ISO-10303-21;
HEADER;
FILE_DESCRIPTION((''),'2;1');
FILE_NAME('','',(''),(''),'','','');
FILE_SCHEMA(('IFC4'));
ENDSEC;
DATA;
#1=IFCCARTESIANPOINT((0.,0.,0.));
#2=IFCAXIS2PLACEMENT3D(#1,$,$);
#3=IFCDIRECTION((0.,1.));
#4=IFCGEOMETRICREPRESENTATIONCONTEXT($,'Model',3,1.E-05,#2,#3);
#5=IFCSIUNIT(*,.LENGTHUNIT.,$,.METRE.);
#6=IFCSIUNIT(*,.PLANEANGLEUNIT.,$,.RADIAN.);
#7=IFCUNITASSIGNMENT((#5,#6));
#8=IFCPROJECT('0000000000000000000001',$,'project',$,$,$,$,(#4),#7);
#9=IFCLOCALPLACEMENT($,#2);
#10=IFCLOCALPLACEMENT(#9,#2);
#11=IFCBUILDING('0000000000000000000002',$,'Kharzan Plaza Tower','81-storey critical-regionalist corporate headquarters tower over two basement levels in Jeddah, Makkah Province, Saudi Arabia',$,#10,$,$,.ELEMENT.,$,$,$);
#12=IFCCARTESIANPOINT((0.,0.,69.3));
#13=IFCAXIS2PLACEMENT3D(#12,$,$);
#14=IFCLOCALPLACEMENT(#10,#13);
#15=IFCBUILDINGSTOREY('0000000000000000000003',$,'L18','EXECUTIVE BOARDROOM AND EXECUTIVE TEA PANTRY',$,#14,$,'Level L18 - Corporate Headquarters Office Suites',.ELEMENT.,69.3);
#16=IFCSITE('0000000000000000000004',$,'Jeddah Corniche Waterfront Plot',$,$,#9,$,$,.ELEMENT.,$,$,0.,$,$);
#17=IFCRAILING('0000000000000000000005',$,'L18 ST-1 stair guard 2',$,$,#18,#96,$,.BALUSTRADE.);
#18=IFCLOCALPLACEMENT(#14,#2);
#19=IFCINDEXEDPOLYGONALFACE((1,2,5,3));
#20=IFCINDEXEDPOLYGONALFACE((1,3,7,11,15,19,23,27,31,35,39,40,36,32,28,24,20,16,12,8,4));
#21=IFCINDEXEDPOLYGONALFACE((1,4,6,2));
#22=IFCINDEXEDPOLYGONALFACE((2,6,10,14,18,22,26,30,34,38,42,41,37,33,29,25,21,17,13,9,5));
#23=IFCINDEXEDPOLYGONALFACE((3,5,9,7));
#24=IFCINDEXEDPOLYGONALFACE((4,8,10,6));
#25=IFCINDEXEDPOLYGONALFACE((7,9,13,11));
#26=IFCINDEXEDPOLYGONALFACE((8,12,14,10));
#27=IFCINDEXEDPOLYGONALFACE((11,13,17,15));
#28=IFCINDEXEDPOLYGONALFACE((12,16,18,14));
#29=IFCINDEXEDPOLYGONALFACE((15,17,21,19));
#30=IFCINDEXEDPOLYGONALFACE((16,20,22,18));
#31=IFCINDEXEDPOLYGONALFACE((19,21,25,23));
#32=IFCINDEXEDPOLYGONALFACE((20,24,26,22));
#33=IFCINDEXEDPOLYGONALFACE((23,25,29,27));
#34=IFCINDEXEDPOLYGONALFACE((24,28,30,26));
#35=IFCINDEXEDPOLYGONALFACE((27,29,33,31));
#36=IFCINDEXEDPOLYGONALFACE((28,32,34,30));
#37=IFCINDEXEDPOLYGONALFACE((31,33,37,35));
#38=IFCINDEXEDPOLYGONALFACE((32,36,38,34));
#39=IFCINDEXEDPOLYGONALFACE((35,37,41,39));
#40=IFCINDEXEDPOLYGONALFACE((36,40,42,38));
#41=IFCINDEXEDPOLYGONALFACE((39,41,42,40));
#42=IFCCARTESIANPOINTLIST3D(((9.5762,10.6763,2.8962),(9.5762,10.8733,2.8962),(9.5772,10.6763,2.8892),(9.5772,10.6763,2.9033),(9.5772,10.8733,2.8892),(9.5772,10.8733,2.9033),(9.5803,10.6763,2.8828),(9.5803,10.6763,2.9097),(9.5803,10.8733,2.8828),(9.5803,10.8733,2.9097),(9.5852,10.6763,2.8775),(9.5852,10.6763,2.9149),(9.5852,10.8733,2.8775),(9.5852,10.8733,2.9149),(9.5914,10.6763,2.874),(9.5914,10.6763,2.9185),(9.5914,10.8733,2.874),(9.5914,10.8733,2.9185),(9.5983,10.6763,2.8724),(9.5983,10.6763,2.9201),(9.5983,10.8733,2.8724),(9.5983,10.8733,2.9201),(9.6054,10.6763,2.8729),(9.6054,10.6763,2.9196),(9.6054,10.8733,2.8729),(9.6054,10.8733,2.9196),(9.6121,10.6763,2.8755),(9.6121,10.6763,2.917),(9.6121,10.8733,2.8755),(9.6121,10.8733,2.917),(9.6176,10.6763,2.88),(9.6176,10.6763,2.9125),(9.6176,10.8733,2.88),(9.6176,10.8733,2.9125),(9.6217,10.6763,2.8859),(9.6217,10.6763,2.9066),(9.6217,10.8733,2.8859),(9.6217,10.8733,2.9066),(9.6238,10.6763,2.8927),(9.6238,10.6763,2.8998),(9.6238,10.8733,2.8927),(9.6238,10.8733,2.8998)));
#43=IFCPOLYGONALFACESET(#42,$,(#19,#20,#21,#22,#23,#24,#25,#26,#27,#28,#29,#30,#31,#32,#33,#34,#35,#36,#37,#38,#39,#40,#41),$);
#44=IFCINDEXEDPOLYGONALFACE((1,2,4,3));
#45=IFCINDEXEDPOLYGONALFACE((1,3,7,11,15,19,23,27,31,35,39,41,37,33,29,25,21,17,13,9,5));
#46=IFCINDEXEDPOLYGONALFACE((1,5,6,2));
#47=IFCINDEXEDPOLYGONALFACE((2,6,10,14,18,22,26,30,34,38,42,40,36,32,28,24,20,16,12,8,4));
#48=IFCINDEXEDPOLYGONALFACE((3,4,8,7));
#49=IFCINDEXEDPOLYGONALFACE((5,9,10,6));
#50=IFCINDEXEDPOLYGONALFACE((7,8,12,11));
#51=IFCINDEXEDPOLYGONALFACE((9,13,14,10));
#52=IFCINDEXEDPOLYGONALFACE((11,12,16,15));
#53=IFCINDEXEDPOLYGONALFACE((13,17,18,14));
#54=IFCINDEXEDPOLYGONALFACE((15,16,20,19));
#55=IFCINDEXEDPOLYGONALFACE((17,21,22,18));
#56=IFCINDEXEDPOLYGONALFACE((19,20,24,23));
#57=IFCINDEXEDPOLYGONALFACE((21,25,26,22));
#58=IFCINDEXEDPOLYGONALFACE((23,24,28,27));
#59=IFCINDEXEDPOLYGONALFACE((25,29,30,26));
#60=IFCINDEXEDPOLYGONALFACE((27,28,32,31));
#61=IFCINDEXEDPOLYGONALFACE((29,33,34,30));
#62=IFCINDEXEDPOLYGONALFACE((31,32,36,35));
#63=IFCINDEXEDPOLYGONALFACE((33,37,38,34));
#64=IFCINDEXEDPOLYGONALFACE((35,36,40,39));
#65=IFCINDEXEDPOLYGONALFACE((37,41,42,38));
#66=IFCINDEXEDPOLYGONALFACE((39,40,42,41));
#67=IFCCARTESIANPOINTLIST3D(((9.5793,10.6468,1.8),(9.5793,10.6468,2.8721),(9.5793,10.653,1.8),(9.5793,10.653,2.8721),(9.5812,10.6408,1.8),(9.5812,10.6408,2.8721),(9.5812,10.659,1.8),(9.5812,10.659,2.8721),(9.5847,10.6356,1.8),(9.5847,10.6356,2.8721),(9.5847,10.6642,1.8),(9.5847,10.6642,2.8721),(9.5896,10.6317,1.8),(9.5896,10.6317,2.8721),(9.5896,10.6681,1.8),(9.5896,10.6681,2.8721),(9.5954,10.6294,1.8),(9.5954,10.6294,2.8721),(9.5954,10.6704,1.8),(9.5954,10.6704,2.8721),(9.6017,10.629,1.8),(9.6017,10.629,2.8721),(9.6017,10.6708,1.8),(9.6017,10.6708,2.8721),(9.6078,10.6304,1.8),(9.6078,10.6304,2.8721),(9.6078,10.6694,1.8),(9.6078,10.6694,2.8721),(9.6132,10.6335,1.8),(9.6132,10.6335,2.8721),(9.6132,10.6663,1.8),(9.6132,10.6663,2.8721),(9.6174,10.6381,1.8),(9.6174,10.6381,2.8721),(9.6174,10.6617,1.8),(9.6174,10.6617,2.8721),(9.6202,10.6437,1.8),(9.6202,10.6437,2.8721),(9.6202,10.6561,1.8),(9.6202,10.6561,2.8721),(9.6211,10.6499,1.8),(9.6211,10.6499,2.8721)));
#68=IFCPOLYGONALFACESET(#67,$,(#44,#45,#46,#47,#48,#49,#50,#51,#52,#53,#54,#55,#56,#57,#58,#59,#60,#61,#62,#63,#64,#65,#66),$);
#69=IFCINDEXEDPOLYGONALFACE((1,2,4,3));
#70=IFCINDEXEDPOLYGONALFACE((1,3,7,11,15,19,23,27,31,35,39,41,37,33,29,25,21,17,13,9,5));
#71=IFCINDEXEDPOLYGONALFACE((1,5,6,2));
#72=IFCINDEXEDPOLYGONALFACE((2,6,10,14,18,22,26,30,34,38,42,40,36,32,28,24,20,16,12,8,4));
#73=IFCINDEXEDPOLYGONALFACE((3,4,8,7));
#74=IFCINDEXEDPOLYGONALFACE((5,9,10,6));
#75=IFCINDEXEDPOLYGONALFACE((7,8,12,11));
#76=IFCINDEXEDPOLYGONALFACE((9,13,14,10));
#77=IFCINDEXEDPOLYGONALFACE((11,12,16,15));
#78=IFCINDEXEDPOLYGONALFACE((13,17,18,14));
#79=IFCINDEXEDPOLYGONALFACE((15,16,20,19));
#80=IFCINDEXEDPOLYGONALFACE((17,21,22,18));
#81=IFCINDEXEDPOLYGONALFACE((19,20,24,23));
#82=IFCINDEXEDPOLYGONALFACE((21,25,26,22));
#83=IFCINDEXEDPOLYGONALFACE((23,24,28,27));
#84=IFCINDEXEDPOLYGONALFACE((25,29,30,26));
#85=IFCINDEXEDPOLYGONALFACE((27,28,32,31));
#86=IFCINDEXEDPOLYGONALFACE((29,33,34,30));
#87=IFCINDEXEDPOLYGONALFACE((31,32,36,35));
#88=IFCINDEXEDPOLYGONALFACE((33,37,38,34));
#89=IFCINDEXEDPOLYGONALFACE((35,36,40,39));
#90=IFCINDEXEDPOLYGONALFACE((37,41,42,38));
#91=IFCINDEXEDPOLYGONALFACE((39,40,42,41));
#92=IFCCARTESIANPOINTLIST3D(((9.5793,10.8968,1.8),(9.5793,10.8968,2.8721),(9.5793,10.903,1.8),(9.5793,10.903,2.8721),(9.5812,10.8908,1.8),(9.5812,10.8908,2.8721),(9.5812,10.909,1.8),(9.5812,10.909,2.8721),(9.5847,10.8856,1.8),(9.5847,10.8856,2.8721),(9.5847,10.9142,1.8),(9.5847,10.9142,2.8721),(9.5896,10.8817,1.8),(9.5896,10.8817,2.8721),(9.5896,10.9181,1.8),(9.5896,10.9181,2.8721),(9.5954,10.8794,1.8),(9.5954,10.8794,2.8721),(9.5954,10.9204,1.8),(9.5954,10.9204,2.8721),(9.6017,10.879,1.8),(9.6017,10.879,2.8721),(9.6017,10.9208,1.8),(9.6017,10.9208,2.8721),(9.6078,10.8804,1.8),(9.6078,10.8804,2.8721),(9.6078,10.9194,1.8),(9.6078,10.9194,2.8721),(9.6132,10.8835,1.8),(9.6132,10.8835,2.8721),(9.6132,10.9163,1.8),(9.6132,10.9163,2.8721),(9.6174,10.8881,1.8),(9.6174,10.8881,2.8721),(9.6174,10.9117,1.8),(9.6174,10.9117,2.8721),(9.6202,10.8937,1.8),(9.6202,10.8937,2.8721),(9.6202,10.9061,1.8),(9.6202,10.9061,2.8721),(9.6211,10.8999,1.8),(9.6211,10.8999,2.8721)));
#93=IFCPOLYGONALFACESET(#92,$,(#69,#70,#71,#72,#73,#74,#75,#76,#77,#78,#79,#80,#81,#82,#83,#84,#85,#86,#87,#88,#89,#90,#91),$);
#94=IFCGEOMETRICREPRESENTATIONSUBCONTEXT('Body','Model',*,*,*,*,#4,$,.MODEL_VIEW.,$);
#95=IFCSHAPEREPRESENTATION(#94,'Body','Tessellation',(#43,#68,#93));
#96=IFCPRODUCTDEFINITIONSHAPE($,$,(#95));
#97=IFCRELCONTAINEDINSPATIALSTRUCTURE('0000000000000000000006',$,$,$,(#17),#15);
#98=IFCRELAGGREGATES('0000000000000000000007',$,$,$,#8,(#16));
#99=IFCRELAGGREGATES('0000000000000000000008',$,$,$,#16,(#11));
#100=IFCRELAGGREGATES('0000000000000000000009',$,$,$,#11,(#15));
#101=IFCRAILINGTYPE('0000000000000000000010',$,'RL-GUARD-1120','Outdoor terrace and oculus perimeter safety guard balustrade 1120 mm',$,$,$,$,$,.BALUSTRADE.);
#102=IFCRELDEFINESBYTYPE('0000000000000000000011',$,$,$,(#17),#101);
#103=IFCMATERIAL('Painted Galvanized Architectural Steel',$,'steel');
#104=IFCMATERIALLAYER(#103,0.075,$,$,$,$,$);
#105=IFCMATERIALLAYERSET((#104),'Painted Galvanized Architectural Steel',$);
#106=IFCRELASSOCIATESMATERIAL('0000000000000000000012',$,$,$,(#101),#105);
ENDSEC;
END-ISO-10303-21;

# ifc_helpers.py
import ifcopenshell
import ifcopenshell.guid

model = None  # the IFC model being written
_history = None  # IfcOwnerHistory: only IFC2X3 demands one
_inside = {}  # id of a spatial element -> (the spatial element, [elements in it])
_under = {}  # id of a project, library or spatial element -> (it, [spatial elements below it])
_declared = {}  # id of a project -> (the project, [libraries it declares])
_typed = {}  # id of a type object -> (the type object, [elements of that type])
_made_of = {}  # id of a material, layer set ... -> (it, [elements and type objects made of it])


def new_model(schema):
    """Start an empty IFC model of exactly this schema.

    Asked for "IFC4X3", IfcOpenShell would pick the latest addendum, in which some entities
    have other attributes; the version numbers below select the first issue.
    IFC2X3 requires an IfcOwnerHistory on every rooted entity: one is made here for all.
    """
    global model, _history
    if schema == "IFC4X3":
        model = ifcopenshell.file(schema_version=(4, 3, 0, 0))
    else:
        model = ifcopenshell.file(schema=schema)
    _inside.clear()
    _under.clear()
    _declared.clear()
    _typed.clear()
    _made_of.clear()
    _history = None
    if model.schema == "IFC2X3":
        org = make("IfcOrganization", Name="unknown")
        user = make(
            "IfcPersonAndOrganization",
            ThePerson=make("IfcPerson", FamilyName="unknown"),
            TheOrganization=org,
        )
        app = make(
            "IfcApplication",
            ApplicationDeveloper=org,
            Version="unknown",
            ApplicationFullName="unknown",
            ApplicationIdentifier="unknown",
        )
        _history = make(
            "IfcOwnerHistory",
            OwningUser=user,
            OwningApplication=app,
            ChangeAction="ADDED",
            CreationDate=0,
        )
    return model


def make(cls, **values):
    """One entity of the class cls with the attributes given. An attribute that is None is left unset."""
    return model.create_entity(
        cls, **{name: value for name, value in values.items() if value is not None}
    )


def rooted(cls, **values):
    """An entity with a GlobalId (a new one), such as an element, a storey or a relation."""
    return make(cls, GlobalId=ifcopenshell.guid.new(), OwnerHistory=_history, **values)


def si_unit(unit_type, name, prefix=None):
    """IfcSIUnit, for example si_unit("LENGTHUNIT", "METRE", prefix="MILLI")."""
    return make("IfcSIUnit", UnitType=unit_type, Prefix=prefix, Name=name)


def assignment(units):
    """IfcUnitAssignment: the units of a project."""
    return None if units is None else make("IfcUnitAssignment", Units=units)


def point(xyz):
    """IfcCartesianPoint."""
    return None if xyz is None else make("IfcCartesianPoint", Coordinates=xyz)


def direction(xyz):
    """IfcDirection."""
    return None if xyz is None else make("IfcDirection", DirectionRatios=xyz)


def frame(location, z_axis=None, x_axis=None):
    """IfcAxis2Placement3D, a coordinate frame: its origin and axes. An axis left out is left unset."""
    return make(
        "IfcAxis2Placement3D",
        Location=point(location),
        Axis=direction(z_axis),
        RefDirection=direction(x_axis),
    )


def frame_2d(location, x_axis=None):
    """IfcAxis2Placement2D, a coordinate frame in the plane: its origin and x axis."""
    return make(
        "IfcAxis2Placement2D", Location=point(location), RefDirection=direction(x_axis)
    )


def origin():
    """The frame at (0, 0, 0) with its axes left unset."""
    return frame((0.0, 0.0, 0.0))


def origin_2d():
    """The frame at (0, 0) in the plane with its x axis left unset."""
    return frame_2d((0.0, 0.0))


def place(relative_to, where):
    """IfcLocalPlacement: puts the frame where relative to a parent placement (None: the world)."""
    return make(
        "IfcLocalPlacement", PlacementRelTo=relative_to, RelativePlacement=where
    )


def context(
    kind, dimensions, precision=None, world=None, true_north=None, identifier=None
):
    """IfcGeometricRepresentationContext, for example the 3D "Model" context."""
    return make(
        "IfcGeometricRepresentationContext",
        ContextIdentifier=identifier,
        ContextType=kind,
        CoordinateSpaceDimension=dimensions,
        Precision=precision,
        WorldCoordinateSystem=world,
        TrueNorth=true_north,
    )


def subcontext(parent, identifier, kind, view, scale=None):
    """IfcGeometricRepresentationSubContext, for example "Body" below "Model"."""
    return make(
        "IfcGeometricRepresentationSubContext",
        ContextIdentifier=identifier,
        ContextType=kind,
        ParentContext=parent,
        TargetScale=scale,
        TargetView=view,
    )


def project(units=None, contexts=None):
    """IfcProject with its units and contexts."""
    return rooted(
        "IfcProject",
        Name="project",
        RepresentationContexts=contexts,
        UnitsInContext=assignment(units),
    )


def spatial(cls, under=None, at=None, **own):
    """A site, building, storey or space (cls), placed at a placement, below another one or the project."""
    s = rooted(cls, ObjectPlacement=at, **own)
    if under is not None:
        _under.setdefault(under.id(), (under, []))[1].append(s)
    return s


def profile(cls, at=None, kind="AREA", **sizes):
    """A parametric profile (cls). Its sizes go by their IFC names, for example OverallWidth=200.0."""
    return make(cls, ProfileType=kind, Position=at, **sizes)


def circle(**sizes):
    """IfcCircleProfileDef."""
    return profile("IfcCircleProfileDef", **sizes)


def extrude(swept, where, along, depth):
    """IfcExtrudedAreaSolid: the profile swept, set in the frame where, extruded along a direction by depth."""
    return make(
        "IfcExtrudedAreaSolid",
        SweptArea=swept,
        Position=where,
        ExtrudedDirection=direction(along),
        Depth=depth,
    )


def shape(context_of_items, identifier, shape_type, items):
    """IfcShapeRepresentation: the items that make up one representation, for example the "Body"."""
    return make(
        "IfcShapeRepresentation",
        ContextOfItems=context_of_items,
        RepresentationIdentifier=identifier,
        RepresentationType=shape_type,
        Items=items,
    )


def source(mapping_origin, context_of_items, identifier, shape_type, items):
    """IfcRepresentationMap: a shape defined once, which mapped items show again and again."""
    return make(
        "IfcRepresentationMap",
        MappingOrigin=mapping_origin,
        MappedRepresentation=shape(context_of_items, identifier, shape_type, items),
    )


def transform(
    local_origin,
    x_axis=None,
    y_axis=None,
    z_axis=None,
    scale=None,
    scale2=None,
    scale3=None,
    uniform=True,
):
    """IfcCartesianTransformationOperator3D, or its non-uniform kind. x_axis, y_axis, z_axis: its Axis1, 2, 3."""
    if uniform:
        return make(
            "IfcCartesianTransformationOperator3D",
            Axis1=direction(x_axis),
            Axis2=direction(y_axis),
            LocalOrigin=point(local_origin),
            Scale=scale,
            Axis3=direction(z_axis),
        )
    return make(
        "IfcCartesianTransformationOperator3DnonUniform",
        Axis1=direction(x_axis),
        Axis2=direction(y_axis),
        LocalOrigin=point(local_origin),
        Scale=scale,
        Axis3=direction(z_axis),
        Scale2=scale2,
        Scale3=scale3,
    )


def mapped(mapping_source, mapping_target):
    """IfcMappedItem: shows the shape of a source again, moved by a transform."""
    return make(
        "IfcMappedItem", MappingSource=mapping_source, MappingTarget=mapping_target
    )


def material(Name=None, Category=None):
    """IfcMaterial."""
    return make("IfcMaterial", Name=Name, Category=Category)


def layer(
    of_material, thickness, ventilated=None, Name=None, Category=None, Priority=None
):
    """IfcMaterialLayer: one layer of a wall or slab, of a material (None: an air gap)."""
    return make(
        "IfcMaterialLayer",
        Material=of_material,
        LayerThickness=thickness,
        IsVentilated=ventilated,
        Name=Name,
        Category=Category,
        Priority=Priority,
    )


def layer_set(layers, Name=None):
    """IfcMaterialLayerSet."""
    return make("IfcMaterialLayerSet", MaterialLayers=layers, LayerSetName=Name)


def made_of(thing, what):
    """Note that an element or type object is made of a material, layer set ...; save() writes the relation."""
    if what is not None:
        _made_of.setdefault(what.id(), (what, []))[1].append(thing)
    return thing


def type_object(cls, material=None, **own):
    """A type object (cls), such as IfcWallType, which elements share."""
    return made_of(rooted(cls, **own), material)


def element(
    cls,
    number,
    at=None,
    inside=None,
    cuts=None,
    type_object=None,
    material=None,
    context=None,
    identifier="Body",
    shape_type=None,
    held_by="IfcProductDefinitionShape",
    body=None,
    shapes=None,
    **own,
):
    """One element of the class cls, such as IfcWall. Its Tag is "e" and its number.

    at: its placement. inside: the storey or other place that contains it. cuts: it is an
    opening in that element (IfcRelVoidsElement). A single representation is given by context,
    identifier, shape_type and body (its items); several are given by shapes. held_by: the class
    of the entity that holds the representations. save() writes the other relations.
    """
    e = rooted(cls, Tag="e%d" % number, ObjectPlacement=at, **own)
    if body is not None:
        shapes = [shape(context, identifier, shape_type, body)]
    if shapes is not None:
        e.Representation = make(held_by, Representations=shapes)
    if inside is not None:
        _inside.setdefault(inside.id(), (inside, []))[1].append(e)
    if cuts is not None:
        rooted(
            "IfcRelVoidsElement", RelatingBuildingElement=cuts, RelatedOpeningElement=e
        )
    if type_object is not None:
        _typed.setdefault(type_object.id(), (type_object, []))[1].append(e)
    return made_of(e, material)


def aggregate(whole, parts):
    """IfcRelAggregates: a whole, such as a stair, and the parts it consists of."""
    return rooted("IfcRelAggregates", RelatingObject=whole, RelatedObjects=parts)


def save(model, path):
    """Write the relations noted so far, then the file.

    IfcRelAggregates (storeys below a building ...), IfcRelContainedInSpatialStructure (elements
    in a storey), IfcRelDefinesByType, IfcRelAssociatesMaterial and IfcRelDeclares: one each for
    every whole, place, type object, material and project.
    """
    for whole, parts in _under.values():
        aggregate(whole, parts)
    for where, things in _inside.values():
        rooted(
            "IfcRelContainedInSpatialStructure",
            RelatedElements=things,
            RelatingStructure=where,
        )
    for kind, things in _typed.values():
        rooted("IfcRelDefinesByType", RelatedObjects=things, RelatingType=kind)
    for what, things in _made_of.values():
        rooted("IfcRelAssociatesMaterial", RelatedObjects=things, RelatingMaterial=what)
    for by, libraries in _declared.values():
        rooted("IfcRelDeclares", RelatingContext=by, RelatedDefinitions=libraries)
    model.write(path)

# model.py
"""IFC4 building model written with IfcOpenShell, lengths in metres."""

from ifc_helpers import new_model, si_unit, direction, frame, origin, origin_2d, place, context, subcontext, project, spatial, circle, extrude, source, transform, mapped, material, layer, layer_set, type_object, element, save


model = new_model("IFC4")

# Units and contexts
model_context = context("Model", 3, precision=1e-05, world=origin(), true_north=direction((0.0, 1.0)))
body_context = subcontext(model_context, "Body", "Model", "MODEL_VIEW")
ifc_project = project(units=[si_unit("LENGTHUNIT", "METRE"), si_unit("PLANEANGLEUNIT", "RADIAN")], contexts=[model_context])

# Site, building, storey
site_placement = place(None, origin())
site = spatial("IfcSite", under=ifc_project, at=site_placement, Name="Jeddah Corniche Waterfront Plot", CompositionType="ELEMENT", RefElevation=0.0)
building_placement = place(site_placement, origin())
building = spatial("IfcBuilding", under=site, at=building_placement, Name="Kharzan Plaza Tower", Description="81-storey critical-regionalist corporate headquarters tower over two basement levels in Jeddah, Makkah Province, Saudi Arabia", CompositionType="ELEMENT")
storey_placement = place(building_placement, frame((0.0, 0.0, 69.3)))
storey = spatial("IfcBuildingStorey", under=building, at=storey_placement, Name="L18", Description="EXECUTIVE BOARDROOM AND EXECUTIVE TEA PANTRY", LongName="Level L18 - Corporate Headquarters Office Suites", CompositionType="ELEMENT", Elevation=69.3)

# Railing
ifc_material_1 = material(Name="Painted Galvanized Architectural Steel", Category="steel")
ifc_layer_1 = layer(ifc_material_1, 0.075)
ifc_layer_set_1 = layer_set([ifc_layer_1], Name="Painted Galvanized Architectural Steel")
railing_type_1 = type_object("IfcRailingType", Name="RL-GUARD-1120", Description="Outdoor terrace and oculus perimeter safety guard balustrade 1120 mm", PredefinedType="BALUSTRADE", material=ifc_layer_set_1)
shared_shape_1 = source(origin(), body_context, "Body", "SweptSolid", [
    extrude(circle(Radius=0.0239, at=origin_2d()), frame((0.0, 0.0264, 1.0962), z_axis=(0.0, 1.0, 0.0), x_axis=(-1.0, 0.0, 0.0)), (0.0, 0.0, 1.0), 0.197),
    extrude(circle(Radius=0.021, at=origin_2d()), origin(), (0.0, 0.0, 1.0), 1.072),
    extrude(circle(Radius=0.021, at=origin_2d()), frame((0.0, 0.25, 0.0)), (0.0, 0.0, 1.0), 1.072),
])
railing_1_placement = place(storey_placement, frame((9.6001, 10.6499, 1.8)))
element("IfcRailing", 1, at=railing_1_placement, inside=storey, type_object=railing_type_1, Name="L18 ST-1 stair guard 2", PredefinedType="BALUSTRADE", context=body_context, shape_type="MappedRepresentation", body=[
    mapped(shared_shape_1, transform((0.0, 0.0, 0.0), x_axis=(1.0, 0.0, 0.0), y_axis=(0.0, 1.0, 0.0), z_axis=(0.0, 0.0, 1.0))),
])

save(model, "model.ifc")
